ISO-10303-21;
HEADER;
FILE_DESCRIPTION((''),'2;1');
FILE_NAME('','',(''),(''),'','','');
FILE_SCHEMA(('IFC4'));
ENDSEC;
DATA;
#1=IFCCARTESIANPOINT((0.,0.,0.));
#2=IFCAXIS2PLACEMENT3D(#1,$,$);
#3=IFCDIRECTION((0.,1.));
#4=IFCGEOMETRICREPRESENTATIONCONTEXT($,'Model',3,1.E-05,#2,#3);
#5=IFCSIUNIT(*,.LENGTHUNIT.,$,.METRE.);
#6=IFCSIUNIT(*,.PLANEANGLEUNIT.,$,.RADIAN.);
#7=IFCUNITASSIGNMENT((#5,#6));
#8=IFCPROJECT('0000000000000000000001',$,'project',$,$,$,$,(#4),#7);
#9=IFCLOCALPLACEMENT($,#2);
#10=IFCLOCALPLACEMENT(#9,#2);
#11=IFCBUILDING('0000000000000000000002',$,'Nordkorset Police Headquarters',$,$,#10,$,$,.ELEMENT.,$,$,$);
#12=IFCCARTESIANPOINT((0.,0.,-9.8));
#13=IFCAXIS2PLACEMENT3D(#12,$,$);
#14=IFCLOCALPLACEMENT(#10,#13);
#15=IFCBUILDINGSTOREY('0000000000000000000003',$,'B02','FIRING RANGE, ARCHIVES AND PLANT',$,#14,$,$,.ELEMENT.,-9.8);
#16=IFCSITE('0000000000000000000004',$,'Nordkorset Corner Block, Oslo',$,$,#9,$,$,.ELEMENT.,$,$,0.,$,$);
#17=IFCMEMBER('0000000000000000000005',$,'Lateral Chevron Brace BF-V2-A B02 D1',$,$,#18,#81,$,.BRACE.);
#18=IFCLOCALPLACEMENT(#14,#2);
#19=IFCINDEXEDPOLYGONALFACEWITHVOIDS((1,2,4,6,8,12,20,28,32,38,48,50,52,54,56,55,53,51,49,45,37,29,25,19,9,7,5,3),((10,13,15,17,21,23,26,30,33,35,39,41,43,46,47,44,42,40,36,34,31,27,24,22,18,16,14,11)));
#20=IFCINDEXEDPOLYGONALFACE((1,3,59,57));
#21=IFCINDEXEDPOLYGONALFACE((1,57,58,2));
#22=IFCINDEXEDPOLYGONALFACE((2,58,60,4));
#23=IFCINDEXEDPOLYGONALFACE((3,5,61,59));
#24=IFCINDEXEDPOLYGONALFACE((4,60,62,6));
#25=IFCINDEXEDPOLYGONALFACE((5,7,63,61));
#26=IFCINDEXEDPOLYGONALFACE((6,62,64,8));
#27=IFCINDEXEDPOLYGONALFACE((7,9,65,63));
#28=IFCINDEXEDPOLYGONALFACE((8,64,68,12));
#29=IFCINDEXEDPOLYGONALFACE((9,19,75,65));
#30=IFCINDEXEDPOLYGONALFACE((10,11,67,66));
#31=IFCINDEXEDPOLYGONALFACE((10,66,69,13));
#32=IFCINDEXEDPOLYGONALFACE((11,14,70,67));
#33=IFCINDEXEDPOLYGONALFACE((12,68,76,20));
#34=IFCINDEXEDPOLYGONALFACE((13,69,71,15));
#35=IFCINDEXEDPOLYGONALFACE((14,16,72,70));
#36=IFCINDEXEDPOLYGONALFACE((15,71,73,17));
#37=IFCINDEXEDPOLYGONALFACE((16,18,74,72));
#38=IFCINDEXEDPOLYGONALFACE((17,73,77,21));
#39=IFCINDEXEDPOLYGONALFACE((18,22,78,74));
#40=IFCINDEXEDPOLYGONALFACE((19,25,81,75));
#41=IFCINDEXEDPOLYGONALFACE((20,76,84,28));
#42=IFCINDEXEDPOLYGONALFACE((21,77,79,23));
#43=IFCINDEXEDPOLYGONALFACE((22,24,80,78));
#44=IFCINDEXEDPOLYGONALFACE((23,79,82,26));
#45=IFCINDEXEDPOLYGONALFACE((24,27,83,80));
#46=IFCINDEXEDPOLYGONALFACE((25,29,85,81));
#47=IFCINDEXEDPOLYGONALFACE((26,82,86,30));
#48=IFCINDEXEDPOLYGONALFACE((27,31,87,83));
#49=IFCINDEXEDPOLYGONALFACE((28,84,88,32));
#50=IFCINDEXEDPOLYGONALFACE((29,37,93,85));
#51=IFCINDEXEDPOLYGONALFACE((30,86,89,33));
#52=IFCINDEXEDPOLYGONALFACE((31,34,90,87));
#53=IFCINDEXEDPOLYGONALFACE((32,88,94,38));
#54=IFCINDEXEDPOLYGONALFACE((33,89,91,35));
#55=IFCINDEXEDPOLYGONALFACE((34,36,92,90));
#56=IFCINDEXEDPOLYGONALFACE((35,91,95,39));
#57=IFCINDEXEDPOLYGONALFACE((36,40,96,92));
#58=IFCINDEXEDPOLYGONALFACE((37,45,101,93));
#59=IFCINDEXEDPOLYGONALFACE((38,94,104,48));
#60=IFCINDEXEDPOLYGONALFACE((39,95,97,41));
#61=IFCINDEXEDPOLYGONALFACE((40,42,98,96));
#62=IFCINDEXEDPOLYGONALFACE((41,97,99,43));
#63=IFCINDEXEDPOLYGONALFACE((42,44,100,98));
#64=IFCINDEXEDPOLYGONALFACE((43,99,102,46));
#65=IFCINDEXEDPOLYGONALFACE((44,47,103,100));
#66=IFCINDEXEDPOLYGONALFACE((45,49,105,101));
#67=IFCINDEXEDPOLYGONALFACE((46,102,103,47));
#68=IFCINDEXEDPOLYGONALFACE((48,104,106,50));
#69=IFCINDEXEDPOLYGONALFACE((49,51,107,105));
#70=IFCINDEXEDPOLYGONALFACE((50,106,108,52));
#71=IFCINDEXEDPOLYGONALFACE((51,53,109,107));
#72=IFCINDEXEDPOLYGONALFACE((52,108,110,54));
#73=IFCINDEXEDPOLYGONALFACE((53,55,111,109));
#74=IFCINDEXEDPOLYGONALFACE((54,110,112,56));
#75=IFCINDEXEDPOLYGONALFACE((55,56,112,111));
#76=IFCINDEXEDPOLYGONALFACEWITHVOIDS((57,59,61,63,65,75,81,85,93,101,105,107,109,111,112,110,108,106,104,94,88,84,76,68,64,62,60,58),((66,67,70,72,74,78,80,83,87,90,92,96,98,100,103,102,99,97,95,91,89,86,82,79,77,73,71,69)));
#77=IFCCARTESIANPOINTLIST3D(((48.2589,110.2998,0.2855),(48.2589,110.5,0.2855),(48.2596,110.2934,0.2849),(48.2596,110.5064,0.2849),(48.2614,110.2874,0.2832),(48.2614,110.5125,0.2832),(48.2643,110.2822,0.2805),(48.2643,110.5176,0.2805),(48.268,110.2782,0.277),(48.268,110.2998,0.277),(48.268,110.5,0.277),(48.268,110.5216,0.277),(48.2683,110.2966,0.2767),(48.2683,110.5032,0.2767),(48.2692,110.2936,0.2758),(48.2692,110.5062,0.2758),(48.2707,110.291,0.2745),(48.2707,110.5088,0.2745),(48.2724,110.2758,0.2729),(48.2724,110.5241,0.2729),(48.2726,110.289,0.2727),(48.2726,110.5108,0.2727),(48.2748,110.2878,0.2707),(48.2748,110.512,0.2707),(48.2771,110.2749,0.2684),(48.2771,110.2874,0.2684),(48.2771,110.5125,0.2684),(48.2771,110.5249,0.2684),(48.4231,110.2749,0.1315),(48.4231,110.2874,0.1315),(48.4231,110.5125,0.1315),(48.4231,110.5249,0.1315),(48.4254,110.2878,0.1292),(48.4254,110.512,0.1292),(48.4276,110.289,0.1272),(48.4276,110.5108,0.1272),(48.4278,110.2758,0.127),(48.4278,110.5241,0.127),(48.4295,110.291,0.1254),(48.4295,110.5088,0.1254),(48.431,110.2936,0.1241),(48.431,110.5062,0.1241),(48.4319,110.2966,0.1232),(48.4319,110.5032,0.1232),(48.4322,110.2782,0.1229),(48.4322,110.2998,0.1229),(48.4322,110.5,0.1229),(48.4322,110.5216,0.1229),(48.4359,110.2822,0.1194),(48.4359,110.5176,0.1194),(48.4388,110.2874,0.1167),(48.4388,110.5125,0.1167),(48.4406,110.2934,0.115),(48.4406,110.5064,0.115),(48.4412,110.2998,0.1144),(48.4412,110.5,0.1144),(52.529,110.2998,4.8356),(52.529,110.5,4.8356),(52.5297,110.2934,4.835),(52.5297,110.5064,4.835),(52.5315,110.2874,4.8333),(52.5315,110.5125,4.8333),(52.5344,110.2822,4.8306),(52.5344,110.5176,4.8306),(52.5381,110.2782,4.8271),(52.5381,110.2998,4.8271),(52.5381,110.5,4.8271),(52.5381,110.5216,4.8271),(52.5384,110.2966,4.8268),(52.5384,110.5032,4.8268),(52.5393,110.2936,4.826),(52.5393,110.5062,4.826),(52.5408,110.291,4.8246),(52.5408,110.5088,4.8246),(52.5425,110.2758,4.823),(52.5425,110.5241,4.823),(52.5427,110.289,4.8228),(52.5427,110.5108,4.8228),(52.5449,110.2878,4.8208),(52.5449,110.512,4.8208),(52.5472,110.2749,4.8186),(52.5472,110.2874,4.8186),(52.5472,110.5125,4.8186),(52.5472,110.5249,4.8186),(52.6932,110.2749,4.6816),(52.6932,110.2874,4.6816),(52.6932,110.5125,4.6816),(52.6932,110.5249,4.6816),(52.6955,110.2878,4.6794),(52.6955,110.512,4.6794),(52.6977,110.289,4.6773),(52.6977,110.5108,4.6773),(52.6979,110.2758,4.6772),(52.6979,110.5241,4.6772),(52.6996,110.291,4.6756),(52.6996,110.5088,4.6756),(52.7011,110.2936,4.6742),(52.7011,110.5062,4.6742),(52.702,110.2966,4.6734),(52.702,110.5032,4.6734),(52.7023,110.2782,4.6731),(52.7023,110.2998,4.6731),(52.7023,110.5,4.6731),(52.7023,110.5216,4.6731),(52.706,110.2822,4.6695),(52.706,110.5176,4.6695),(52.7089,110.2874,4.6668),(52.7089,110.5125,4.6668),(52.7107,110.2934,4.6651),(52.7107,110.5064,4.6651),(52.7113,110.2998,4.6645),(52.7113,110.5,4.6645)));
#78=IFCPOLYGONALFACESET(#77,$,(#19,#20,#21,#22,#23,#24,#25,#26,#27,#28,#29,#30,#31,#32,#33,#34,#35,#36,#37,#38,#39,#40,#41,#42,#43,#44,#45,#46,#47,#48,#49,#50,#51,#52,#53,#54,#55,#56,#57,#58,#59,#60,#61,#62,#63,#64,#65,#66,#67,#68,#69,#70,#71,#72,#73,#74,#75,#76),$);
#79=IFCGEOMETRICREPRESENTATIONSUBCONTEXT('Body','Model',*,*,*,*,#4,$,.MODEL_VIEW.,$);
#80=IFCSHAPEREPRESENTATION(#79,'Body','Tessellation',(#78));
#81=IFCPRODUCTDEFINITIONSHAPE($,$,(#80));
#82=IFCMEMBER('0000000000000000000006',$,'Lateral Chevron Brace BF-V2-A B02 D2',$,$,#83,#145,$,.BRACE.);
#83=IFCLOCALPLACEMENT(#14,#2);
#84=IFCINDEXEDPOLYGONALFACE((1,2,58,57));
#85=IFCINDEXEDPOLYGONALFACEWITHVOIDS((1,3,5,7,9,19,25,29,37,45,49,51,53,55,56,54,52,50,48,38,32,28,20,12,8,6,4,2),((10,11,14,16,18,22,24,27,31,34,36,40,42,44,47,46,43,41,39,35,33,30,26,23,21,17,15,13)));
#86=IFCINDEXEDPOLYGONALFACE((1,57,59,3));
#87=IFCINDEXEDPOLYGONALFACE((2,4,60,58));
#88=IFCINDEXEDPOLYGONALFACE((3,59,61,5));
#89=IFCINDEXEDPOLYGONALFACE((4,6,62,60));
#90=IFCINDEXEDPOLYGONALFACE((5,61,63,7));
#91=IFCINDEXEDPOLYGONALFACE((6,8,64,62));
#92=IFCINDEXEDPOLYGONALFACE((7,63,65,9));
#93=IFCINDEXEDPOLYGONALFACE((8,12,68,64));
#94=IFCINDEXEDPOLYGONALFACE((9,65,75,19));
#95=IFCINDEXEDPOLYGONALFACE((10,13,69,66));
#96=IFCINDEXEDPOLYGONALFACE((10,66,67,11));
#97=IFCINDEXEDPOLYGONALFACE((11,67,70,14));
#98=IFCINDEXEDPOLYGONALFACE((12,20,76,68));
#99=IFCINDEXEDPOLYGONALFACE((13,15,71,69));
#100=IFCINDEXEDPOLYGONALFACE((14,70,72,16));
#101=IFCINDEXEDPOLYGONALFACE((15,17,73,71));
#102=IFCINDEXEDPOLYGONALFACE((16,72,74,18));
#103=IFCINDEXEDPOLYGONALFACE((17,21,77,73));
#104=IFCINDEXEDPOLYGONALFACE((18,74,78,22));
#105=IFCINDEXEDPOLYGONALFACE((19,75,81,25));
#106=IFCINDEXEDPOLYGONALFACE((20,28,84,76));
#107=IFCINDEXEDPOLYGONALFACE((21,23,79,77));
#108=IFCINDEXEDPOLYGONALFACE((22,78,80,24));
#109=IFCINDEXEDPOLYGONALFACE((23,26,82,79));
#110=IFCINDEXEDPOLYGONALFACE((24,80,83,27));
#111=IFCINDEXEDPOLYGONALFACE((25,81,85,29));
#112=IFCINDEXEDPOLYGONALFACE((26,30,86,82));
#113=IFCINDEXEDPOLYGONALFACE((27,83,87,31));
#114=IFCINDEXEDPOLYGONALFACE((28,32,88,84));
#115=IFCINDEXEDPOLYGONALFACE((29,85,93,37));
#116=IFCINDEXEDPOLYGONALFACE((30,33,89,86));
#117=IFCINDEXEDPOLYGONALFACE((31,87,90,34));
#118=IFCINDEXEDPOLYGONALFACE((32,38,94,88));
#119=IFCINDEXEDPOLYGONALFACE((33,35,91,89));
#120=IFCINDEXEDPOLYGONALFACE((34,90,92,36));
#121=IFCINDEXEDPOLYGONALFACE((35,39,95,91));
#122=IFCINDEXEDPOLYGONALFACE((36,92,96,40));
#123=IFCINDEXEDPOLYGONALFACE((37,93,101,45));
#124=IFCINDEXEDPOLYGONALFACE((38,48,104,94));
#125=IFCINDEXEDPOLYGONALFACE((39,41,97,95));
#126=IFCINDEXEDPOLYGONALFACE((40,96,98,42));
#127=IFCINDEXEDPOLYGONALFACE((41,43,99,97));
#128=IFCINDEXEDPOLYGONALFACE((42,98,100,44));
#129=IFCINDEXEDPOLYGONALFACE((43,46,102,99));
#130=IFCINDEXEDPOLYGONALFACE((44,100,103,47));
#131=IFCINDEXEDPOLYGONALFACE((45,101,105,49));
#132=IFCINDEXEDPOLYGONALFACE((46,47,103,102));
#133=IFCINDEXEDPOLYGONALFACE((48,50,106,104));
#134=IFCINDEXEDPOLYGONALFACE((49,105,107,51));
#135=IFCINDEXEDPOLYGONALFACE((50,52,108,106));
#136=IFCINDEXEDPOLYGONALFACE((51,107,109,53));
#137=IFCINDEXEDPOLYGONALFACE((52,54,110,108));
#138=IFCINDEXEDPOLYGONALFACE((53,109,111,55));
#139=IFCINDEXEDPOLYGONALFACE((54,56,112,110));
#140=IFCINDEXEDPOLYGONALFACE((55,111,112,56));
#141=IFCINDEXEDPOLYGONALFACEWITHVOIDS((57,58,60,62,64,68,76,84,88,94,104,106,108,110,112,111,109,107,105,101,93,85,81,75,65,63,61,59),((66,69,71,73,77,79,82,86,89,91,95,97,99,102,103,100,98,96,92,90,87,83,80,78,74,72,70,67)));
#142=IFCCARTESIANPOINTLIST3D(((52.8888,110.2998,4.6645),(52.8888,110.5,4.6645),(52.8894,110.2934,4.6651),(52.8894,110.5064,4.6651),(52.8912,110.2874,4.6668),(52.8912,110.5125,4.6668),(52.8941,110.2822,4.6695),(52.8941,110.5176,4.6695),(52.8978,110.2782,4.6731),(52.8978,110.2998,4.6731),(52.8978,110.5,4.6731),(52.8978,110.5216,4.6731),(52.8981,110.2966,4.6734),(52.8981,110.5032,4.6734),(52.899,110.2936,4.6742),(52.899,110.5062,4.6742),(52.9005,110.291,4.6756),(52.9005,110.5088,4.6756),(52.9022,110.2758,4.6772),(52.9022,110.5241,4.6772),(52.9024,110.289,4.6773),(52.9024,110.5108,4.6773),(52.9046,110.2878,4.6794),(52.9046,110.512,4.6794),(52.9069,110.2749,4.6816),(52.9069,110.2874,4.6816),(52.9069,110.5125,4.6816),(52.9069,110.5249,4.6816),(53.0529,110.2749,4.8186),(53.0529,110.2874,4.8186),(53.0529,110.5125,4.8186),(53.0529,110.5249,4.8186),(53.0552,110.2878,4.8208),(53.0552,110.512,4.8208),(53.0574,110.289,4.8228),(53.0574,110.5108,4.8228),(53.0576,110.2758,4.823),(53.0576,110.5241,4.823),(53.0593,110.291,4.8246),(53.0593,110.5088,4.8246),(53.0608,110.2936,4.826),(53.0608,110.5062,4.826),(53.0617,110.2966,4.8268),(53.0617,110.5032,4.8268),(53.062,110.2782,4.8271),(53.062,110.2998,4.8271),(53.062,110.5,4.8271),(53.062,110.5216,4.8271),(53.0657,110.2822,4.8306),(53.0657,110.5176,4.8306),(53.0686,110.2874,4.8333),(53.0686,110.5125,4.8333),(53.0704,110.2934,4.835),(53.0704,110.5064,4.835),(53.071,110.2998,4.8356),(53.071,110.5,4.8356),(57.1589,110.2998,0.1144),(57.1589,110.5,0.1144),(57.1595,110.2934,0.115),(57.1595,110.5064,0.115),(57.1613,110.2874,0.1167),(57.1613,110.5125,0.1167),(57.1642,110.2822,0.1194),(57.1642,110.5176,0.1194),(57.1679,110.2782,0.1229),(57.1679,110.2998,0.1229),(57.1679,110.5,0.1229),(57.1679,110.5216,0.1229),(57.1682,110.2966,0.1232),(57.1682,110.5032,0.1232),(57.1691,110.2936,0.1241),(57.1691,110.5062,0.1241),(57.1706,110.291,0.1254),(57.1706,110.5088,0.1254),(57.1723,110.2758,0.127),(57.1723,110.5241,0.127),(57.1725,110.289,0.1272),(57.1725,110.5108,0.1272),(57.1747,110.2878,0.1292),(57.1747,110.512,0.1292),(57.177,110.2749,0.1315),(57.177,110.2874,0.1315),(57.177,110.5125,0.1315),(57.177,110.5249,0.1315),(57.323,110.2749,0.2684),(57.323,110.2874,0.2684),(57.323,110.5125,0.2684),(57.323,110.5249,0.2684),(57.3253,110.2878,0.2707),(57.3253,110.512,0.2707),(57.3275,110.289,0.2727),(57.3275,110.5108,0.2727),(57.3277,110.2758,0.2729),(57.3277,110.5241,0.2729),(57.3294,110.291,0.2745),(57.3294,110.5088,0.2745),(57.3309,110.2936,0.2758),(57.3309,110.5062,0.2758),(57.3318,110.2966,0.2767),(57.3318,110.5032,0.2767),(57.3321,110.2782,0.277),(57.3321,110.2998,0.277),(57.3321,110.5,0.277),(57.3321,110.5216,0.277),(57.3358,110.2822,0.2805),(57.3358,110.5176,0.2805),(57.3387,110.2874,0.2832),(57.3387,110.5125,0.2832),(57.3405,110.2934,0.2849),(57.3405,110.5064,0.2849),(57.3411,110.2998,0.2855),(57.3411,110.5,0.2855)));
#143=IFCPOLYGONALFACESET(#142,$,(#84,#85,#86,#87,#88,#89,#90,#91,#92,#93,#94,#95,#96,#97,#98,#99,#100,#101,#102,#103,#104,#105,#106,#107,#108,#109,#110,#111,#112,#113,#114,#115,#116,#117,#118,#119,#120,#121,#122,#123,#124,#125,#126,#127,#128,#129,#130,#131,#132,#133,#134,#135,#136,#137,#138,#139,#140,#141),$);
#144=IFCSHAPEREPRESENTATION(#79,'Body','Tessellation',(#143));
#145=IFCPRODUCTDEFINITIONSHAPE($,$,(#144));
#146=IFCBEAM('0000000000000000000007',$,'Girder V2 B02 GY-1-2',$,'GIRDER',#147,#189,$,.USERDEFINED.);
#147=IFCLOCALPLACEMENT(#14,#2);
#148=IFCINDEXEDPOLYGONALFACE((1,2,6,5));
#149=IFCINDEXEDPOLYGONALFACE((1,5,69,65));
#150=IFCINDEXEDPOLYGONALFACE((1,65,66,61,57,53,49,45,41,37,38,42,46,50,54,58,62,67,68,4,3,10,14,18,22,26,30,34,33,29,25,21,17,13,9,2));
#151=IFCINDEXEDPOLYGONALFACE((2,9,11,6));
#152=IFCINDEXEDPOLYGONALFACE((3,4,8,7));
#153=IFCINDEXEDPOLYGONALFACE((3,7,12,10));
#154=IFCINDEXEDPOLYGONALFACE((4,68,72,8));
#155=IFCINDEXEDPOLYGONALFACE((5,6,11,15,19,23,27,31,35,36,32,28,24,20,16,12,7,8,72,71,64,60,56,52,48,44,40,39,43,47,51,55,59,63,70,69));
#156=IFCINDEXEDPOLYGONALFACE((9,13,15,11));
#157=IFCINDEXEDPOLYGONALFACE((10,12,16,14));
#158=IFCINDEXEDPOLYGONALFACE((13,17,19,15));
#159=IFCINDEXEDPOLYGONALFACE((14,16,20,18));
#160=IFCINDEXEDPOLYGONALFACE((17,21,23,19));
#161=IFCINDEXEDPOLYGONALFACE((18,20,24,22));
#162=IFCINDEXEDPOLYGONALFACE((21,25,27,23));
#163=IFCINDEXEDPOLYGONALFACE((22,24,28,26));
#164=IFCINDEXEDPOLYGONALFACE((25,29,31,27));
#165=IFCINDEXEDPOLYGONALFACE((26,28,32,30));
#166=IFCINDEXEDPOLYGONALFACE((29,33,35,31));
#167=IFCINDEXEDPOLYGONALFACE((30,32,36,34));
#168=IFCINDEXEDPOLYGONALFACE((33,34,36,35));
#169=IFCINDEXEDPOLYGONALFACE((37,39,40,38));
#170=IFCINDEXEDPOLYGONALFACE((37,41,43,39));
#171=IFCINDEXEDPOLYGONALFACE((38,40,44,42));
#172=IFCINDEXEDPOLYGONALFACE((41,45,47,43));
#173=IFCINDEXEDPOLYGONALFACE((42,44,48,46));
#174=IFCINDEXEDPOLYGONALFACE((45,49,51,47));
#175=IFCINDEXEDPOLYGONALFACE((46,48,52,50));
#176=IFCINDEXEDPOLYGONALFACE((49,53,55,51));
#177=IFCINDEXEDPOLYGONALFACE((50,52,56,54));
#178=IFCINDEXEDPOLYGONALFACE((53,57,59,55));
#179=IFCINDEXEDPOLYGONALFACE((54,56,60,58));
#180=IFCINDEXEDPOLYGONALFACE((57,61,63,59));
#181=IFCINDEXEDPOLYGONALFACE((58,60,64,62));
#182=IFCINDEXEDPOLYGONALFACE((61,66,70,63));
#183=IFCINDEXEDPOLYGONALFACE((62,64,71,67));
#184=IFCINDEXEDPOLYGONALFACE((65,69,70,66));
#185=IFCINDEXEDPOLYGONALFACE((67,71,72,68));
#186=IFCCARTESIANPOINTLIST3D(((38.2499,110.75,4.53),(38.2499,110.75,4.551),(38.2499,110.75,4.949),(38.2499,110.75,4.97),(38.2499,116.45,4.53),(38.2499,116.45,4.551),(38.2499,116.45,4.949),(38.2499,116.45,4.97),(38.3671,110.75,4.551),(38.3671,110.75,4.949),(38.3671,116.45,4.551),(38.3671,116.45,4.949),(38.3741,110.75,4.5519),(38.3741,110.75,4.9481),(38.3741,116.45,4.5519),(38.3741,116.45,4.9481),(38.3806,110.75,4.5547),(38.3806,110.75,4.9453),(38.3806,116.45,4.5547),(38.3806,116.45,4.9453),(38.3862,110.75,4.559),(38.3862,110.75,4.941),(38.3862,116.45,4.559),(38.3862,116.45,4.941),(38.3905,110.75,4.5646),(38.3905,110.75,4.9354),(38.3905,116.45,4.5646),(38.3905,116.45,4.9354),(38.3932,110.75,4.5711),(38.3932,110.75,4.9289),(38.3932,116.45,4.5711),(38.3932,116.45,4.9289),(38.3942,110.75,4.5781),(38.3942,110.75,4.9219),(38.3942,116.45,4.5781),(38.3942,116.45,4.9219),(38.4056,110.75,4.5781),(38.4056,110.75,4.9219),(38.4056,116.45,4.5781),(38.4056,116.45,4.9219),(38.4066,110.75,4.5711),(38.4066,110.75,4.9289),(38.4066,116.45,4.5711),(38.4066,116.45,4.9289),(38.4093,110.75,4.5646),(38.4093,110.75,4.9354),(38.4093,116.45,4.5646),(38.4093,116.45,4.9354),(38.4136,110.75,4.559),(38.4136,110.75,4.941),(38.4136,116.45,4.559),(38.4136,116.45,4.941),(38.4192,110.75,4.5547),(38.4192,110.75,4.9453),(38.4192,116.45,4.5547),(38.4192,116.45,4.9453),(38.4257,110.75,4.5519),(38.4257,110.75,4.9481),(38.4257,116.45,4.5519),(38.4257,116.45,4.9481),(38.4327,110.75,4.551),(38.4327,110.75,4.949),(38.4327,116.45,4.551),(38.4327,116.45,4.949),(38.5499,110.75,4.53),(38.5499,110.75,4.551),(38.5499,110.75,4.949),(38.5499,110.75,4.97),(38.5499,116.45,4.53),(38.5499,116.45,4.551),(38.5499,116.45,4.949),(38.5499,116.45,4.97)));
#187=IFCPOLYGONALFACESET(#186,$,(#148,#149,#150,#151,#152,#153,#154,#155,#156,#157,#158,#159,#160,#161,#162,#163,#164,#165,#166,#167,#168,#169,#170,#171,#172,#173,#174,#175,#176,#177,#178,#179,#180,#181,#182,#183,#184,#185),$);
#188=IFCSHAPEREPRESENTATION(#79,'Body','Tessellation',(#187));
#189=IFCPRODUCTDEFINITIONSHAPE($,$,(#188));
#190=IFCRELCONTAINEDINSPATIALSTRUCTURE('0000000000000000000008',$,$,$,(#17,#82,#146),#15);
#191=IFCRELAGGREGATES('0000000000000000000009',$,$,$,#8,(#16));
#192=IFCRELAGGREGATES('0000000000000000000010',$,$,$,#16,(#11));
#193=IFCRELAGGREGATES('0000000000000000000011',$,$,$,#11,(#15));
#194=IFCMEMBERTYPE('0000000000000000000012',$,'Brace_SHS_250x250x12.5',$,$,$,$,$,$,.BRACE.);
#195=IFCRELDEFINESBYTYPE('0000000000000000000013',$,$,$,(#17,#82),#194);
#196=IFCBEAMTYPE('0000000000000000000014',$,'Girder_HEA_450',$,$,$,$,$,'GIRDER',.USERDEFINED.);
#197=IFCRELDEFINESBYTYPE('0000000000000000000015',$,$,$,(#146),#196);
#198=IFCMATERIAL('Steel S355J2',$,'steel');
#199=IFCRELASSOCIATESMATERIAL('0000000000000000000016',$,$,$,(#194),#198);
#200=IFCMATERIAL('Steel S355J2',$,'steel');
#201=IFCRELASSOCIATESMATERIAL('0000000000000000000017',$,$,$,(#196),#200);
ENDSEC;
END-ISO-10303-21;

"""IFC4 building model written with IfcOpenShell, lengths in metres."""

from ifc_helpers import new_model, si_unit, direction, frame, origin, origin_2d, place, context, subcontext, project, spatial, hollow_rectangle, i_section, extrude, material, material_profile, profile_set, type_object, element, save


model = new_model("IFC4")

# Units and contexts
model_context = context("Model", 3, precision=1e-05, world=origin(), true_north=direction((0.0, 1.0)))
body_context = subcontext(model_context, "Body", "Model", "MODEL_VIEW")
ifc_project = project(units=[si_unit("LENGTHUNIT", "METRE"), si_unit("PLANEANGLEUNIT", "RADIAN")], contexts=[model_context])

# Site, building, storey
site_placement = place(None, origin())
site = spatial("IfcSite", under=ifc_project, at=site_placement, Name="Nordkorset Corner Block, Oslo", CompositionType="ELEMENT", RefElevation=0.0)
building_placement = place(site_placement, origin())
building = spatial("IfcBuilding", under=site, at=building_placement, Name="Nordkorset Police Headquarters", CompositionType="ELEMENT")
storey_placement = place(building_placement, frame((0.0, 0.0, -9.8)))
storey = spatial("IfcBuildingStorey", under=building, at=storey_placement, Name="B02", Description="FIRING RANGE, ARCHIVES AND PLANT", CompositionType="ELEMENT", Elevation=-9.8)

# Members
ifc_material_1 = material(Name="Steel S355J2", Category="steel")
ifc_material_profile_1 = material_profile(ifc_material_1, hollow_rectangle(XDim=0.25, YDim=0.25, WallThickness=0.0125, InnerFilletRadius=0.0125, OuterFilletRadius=0.0249, at=origin_2d()), Name="SHS 250x250x12.5")
ifc_profile_set_1 = profile_set([ifc_material_profile_1], Name="Steel S355J2")
member_type = type_object("IfcMemberType", Name="Brace_SHS_250x250x12.5", PredefinedType="BRACE", material=ifc_profile_set_1)
for number, where, z_axis, x_axis, name in (
    (1, (48.3501, 110.3999, 0.2), (0.684312, 0.0, 0.729189), (0.0, 1.0, 0.0), "Lateral Chevron Brace BF-V2-A B02 D1"),
    (2, (57.25, 110.3999, 0.2), (-0.684312, 0.0, 0.729189), (0.0, -1.0, 0.0), "Lateral Chevron Brace BF-V2-A B02 D2"),
):
    element("IfcMember", number, at=place(storey_placement, frame(where, z_axis=z_axis, x_axis=x_axis)), inside=storey, type_object=member_type, Name=name, PredefinedType="BRACE", context=body_context, shape_type="SweptSolid", body=[
        extrude(hollow_rectangle(XDim=0.25, YDim=0.25, WallThickness=0.0125, InnerFilletRadius=0.0125, OuterFilletRadius=0.0249, at=origin_2d()), origin(), (0.0, 0.0, 1.0), 6.24),
    ])

# Beam
ifc_material_2 = material(Name="Steel S355J2", Category="steel")
ifc_material_profile_2 = material_profile(ifc_material_2, i_section(OverallWidth=0.3, OverallDepth=0.4399, WebThickness=0.0115, FlangeThickness=0.021, FilletRadius=0.0271, at=origin_2d()), Name="HEA 450")
ifc_profile_set_2 = profile_set([ifc_material_profile_2], Name="Steel S355J2")
beam_type_1 = type_object("IfcBeamType", Name="Girder_HEA_450", ElementType="GIRDER", PredefinedType="USERDEFINED", material=ifc_profile_set_2)
for number, where, z_axis, x_axis, name in (
    (3, (38.3999, 110.75, 4.75), (0.0, 1.0, 0.0), (-1.0, 0.0, 0.0), "Girder V2 B02 GY-1-2"),
):
    element("IfcBeam", number, at=place(storey_placement, frame(where, z_axis=z_axis, x_axis=x_axis)), inside=storey, type_object=beam_type_1, Name=name, ObjectType="GIRDER", PredefinedType="USERDEFINED", context=body_context, shape_type="SweptSolid", body=[
        extrude(i_section(OverallWidth=0.3, OverallDepth=0.4399, WebThickness=0.0115, FlangeThickness=0.021, FilletRadius=0.0271, at=origin_2d()), origin(), (0.0, 0.0, 1.0), 5.7),
    ])

save(model, "model.ifc")
